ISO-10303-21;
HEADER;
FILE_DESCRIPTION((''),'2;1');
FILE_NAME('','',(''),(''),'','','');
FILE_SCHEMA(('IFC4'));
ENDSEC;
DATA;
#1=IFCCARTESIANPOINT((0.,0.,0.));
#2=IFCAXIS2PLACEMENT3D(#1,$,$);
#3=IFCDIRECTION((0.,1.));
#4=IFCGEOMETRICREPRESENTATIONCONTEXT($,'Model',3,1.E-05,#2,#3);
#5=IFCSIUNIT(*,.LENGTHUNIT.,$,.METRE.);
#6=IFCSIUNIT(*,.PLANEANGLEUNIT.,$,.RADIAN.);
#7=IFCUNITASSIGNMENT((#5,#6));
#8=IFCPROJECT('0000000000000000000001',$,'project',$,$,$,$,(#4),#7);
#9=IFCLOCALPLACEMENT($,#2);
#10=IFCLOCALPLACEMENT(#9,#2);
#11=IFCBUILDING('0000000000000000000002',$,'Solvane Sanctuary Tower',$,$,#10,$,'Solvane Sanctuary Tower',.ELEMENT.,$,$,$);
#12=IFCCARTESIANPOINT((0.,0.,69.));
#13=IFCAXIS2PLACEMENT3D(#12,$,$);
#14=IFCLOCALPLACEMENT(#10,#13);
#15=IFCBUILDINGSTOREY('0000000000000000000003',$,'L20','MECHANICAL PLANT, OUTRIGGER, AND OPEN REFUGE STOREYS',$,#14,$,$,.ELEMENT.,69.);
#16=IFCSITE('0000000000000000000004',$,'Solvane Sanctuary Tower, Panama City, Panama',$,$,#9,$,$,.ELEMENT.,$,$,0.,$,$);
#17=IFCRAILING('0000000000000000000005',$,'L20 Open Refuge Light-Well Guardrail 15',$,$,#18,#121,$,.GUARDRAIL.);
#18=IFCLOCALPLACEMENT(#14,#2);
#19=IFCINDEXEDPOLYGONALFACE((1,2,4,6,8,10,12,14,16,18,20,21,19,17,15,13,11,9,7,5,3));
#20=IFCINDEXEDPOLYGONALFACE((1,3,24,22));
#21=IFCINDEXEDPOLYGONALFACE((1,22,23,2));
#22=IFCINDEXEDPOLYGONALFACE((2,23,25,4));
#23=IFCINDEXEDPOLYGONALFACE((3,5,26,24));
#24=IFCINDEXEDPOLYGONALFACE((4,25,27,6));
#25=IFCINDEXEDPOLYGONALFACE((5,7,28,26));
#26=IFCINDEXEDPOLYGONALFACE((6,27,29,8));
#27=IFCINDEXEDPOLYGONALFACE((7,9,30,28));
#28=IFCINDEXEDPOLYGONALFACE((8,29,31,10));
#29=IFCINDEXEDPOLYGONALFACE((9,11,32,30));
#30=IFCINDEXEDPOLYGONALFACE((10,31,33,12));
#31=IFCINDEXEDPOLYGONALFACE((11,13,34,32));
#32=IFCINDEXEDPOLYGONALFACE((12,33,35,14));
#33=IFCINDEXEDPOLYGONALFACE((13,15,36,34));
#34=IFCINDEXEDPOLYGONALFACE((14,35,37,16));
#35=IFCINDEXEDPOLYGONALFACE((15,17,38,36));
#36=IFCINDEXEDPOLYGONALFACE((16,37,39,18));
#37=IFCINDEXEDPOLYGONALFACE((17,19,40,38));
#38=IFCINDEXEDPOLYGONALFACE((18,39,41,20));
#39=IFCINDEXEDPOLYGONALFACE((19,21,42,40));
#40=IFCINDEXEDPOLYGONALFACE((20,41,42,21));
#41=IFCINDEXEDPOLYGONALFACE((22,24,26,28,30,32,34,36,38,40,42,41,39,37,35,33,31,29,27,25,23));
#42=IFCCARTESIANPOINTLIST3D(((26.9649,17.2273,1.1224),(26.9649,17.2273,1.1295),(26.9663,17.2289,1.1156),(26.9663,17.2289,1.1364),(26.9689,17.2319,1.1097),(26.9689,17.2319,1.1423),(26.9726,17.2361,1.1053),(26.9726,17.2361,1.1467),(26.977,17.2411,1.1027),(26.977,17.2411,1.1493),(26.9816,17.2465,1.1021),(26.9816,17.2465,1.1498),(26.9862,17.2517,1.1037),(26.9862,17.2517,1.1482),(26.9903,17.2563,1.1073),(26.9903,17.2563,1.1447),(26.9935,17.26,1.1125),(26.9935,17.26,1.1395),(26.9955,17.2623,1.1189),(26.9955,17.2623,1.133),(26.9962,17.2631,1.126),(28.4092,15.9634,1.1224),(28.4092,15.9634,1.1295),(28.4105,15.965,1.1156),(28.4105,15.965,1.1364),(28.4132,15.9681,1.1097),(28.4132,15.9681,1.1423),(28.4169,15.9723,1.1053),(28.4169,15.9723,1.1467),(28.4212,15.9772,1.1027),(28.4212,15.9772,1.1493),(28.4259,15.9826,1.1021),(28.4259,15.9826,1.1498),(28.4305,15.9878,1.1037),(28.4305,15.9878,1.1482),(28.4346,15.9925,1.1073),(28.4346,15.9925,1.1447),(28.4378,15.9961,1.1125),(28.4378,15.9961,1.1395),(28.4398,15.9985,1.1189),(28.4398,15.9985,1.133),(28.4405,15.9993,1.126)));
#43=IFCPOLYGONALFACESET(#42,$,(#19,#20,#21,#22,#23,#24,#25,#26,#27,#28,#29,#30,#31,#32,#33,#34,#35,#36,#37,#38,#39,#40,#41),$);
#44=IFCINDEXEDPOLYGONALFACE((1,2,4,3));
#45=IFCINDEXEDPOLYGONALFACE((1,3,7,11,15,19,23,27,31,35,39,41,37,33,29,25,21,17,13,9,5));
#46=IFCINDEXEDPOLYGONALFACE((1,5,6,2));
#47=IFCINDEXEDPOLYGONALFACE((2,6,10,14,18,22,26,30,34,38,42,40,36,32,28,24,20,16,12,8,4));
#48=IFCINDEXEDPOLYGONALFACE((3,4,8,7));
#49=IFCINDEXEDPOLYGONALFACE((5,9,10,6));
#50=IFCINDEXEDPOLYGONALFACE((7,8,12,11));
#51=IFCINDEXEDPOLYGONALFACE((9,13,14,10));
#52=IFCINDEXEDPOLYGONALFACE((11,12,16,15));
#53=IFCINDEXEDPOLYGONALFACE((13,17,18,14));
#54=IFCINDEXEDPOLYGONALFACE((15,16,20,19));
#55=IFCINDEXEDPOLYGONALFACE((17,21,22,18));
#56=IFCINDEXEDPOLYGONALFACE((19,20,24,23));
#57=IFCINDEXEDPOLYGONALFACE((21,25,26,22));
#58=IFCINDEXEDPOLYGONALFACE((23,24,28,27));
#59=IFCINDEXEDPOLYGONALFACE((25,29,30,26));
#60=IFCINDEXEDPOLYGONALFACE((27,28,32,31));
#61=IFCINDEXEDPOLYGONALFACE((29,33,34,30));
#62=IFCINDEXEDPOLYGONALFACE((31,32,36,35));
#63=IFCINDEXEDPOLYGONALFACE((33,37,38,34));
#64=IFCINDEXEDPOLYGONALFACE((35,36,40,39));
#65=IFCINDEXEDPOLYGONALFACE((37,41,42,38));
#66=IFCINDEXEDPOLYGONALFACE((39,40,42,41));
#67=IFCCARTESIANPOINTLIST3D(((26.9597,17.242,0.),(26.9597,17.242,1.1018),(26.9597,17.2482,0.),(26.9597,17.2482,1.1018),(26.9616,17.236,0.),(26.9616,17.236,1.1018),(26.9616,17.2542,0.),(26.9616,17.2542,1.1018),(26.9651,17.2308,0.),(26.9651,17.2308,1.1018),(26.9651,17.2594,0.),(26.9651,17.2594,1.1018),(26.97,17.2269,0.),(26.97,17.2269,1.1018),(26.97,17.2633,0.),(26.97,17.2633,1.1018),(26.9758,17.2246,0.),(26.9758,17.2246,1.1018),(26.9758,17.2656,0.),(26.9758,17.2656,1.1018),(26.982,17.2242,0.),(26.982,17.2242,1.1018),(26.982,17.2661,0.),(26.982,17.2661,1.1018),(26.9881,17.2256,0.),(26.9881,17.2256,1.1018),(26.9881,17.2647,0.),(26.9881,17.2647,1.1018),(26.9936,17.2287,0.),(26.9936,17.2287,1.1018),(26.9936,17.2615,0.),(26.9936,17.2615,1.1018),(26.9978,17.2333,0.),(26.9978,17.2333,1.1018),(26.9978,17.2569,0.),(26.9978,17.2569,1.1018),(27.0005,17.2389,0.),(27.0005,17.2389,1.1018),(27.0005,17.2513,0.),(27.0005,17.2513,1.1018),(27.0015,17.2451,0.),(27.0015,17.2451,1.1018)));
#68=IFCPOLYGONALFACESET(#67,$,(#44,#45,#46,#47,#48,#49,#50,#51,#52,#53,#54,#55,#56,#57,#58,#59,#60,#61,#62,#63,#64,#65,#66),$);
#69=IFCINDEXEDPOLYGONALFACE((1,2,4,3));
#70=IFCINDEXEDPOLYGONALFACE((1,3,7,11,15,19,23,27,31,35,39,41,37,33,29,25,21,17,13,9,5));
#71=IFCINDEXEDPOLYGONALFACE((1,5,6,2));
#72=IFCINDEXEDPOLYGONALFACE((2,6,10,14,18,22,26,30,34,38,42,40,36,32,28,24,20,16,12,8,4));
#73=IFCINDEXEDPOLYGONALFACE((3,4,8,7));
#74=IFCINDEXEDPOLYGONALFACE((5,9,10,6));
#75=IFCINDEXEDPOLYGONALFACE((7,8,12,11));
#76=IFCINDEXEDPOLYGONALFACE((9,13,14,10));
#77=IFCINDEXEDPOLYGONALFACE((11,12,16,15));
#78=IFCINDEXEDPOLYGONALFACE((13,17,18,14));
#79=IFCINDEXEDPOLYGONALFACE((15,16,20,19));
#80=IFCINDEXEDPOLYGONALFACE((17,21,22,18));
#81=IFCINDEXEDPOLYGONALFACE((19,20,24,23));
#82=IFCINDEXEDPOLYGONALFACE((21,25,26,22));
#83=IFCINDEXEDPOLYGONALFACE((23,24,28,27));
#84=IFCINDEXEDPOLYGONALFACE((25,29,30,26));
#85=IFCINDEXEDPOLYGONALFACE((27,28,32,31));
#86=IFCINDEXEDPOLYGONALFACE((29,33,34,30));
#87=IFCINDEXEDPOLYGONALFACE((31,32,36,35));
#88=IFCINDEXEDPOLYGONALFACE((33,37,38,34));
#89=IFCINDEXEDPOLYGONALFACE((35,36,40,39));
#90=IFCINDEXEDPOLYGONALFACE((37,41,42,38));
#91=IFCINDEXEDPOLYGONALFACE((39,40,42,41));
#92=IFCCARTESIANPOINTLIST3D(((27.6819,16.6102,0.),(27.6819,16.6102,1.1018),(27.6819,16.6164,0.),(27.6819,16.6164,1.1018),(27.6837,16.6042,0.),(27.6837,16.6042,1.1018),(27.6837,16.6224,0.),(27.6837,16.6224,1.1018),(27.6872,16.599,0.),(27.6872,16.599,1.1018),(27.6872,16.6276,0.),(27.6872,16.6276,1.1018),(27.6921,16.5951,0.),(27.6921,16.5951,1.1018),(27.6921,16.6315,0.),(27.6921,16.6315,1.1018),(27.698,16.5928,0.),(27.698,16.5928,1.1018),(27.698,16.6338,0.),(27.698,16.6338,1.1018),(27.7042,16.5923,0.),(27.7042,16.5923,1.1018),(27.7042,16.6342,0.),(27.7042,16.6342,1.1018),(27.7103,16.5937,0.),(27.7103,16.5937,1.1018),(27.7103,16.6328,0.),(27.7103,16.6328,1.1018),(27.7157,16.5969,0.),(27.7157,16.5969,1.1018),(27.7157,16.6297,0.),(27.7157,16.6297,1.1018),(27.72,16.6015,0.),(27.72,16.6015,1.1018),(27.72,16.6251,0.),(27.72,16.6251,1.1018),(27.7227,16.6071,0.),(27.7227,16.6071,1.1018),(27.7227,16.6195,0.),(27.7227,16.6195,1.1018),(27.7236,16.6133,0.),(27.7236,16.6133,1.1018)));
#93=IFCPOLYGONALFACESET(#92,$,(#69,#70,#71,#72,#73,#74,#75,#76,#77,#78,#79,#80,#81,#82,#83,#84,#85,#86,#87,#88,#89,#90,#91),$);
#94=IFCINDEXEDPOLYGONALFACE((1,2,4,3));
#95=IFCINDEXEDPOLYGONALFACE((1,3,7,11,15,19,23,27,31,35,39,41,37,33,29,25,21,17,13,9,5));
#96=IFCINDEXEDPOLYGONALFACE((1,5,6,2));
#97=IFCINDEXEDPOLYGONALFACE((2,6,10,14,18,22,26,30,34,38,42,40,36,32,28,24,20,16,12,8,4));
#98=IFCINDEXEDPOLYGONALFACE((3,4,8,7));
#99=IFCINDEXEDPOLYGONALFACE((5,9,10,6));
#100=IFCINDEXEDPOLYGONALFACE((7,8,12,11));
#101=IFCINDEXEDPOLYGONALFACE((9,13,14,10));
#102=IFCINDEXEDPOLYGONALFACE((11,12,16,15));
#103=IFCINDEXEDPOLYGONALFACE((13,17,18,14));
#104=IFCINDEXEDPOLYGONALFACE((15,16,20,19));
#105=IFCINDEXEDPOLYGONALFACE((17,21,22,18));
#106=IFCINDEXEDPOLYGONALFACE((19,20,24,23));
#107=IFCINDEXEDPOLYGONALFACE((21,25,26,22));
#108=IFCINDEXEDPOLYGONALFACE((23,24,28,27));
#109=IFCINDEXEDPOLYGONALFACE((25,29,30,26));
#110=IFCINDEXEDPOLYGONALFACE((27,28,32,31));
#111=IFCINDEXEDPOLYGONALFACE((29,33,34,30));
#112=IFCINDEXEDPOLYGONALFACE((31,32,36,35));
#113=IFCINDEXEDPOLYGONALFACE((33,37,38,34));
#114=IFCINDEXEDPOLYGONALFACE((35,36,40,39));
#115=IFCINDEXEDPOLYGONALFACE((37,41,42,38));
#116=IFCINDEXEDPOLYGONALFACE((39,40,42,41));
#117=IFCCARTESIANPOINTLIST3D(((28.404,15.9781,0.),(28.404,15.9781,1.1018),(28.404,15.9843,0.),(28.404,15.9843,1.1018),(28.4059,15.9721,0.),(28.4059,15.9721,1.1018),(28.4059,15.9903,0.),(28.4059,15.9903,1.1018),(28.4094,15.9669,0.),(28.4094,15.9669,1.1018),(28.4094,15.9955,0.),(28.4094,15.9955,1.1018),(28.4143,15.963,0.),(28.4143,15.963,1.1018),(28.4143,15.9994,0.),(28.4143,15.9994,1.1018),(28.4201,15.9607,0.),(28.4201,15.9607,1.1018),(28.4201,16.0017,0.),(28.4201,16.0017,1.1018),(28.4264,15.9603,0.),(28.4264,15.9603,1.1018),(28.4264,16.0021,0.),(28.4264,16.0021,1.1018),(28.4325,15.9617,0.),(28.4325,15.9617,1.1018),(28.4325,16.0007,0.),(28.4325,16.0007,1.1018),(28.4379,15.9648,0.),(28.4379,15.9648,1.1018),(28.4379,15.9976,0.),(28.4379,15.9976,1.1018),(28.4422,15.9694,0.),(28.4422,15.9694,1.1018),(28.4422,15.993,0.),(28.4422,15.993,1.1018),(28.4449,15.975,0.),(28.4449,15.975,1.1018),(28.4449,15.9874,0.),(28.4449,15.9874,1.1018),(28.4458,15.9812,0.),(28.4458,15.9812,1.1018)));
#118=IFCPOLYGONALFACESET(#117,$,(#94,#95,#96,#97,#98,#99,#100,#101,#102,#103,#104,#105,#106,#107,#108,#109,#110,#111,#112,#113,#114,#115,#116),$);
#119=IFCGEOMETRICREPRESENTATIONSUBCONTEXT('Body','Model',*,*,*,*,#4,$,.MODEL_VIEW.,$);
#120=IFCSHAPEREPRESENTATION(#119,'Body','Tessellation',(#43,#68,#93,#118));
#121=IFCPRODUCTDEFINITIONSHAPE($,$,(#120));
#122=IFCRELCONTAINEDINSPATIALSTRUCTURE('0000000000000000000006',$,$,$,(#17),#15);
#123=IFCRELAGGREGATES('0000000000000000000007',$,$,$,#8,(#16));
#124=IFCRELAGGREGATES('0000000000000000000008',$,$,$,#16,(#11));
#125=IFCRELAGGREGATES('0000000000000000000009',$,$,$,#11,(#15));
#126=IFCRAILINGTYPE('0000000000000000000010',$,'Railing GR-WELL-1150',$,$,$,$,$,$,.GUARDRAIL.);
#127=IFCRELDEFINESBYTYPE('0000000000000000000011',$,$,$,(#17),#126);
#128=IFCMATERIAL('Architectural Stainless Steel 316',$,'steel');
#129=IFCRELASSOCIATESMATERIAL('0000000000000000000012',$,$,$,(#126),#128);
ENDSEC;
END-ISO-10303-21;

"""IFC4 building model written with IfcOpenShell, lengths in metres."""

from ifc_helpers import new_model, si_unit, direction, frame, origin, origin_2d, place, context, subcontext, project, spatial, circle, extrude, material, type_object, element, save


model = new_model("IFC4")

# Units and contexts
model_context = context("Model", 3, precision=1e-05, world=origin(), true_north=direction((0.0, 1.0)))
body_context = subcontext(model_context, "Body", "Model", "MODEL_VIEW")
ifc_project = project(units=[si_unit("LENGTHUNIT", "METRE"), si_unit("PLANEANGLEUNIT", "RADIAN")], contexts=[model_context])

# Site, building, storey
site_placement = place(None, origin())
site = spatial("IfcSite", under=ifc_project, at=site_placement, Name="Solvane Sanctuary Tower, Panama City, Panama", CompositionType="ELEMENT", RefElevation=0.0)
building_placement = place(site_placement, origin())
building = spatial("IfcBuilding", under=site, at=building_placement, Name="Solvane Sanctuary Tower", LongName="Solvane Sanctuary Tower", CompositionType="ELEMENT")
storey_placement = place(building_placement, frame((0.0, 0.0, 69.0)))
storey = spatial("IfcBuildingStorey", under=building, at=storey_placement, Name="L20", Description="MECHANICAL PLANT, OUTRIGGER, AND OPEN REFUGE STOREYS", CompositionType="ELEMENT", Elevation=69.0)

# Shared definitions
ifc_material_1 = material(Name="Architectural Stainless Steel 316", Category="steel")

# Railing
railing_type_1 = type_object("IfcRailingType", Name="Railing GR-WELL-1150", PredefinedType="GUARDRAIL", material=ifc_material_1)
railing_1_placement = place(storey_placement, frame((26.9805, 17.2451, 0.0)))
element("IfcRailing", 1, at=railing_1_placement, inside=storey, type_object=railing_type_1, Name="L20 Open Refuge Light-Well Guardrail 15", PredefinedType="GUARDRAIL", context=body_context, shape_type="SweptSolid", body=[
    extrude(circle(Radius=0.0239, at=origin_2d()), frame((0.0, 0.0, 1.126), z_axis=(0.752545, -0.658541, 0.0), x_axis=(0.658541, 0.752545, 0.0)), (0.0, 0.0, 1.0), 1.9192),
    extrude(circle(Radius=0.021, at=origin_2d()), origin(), (0.0, 0.0, 1.0), 1.1018),
    extrude(circle(Radius=0.021, at=origin_2d()), frame((0.7222, -0.6318, 0.0)), (0.0, 0.0, 1.0), 1.1018),
    extrude(circle(Radius=0.021, at=origin_2d()), frame((1.4443, -1.2639, 0.0)), (0.0, 0.0, 1.0), 1.1018),
])

save(model, "model.ifc")
